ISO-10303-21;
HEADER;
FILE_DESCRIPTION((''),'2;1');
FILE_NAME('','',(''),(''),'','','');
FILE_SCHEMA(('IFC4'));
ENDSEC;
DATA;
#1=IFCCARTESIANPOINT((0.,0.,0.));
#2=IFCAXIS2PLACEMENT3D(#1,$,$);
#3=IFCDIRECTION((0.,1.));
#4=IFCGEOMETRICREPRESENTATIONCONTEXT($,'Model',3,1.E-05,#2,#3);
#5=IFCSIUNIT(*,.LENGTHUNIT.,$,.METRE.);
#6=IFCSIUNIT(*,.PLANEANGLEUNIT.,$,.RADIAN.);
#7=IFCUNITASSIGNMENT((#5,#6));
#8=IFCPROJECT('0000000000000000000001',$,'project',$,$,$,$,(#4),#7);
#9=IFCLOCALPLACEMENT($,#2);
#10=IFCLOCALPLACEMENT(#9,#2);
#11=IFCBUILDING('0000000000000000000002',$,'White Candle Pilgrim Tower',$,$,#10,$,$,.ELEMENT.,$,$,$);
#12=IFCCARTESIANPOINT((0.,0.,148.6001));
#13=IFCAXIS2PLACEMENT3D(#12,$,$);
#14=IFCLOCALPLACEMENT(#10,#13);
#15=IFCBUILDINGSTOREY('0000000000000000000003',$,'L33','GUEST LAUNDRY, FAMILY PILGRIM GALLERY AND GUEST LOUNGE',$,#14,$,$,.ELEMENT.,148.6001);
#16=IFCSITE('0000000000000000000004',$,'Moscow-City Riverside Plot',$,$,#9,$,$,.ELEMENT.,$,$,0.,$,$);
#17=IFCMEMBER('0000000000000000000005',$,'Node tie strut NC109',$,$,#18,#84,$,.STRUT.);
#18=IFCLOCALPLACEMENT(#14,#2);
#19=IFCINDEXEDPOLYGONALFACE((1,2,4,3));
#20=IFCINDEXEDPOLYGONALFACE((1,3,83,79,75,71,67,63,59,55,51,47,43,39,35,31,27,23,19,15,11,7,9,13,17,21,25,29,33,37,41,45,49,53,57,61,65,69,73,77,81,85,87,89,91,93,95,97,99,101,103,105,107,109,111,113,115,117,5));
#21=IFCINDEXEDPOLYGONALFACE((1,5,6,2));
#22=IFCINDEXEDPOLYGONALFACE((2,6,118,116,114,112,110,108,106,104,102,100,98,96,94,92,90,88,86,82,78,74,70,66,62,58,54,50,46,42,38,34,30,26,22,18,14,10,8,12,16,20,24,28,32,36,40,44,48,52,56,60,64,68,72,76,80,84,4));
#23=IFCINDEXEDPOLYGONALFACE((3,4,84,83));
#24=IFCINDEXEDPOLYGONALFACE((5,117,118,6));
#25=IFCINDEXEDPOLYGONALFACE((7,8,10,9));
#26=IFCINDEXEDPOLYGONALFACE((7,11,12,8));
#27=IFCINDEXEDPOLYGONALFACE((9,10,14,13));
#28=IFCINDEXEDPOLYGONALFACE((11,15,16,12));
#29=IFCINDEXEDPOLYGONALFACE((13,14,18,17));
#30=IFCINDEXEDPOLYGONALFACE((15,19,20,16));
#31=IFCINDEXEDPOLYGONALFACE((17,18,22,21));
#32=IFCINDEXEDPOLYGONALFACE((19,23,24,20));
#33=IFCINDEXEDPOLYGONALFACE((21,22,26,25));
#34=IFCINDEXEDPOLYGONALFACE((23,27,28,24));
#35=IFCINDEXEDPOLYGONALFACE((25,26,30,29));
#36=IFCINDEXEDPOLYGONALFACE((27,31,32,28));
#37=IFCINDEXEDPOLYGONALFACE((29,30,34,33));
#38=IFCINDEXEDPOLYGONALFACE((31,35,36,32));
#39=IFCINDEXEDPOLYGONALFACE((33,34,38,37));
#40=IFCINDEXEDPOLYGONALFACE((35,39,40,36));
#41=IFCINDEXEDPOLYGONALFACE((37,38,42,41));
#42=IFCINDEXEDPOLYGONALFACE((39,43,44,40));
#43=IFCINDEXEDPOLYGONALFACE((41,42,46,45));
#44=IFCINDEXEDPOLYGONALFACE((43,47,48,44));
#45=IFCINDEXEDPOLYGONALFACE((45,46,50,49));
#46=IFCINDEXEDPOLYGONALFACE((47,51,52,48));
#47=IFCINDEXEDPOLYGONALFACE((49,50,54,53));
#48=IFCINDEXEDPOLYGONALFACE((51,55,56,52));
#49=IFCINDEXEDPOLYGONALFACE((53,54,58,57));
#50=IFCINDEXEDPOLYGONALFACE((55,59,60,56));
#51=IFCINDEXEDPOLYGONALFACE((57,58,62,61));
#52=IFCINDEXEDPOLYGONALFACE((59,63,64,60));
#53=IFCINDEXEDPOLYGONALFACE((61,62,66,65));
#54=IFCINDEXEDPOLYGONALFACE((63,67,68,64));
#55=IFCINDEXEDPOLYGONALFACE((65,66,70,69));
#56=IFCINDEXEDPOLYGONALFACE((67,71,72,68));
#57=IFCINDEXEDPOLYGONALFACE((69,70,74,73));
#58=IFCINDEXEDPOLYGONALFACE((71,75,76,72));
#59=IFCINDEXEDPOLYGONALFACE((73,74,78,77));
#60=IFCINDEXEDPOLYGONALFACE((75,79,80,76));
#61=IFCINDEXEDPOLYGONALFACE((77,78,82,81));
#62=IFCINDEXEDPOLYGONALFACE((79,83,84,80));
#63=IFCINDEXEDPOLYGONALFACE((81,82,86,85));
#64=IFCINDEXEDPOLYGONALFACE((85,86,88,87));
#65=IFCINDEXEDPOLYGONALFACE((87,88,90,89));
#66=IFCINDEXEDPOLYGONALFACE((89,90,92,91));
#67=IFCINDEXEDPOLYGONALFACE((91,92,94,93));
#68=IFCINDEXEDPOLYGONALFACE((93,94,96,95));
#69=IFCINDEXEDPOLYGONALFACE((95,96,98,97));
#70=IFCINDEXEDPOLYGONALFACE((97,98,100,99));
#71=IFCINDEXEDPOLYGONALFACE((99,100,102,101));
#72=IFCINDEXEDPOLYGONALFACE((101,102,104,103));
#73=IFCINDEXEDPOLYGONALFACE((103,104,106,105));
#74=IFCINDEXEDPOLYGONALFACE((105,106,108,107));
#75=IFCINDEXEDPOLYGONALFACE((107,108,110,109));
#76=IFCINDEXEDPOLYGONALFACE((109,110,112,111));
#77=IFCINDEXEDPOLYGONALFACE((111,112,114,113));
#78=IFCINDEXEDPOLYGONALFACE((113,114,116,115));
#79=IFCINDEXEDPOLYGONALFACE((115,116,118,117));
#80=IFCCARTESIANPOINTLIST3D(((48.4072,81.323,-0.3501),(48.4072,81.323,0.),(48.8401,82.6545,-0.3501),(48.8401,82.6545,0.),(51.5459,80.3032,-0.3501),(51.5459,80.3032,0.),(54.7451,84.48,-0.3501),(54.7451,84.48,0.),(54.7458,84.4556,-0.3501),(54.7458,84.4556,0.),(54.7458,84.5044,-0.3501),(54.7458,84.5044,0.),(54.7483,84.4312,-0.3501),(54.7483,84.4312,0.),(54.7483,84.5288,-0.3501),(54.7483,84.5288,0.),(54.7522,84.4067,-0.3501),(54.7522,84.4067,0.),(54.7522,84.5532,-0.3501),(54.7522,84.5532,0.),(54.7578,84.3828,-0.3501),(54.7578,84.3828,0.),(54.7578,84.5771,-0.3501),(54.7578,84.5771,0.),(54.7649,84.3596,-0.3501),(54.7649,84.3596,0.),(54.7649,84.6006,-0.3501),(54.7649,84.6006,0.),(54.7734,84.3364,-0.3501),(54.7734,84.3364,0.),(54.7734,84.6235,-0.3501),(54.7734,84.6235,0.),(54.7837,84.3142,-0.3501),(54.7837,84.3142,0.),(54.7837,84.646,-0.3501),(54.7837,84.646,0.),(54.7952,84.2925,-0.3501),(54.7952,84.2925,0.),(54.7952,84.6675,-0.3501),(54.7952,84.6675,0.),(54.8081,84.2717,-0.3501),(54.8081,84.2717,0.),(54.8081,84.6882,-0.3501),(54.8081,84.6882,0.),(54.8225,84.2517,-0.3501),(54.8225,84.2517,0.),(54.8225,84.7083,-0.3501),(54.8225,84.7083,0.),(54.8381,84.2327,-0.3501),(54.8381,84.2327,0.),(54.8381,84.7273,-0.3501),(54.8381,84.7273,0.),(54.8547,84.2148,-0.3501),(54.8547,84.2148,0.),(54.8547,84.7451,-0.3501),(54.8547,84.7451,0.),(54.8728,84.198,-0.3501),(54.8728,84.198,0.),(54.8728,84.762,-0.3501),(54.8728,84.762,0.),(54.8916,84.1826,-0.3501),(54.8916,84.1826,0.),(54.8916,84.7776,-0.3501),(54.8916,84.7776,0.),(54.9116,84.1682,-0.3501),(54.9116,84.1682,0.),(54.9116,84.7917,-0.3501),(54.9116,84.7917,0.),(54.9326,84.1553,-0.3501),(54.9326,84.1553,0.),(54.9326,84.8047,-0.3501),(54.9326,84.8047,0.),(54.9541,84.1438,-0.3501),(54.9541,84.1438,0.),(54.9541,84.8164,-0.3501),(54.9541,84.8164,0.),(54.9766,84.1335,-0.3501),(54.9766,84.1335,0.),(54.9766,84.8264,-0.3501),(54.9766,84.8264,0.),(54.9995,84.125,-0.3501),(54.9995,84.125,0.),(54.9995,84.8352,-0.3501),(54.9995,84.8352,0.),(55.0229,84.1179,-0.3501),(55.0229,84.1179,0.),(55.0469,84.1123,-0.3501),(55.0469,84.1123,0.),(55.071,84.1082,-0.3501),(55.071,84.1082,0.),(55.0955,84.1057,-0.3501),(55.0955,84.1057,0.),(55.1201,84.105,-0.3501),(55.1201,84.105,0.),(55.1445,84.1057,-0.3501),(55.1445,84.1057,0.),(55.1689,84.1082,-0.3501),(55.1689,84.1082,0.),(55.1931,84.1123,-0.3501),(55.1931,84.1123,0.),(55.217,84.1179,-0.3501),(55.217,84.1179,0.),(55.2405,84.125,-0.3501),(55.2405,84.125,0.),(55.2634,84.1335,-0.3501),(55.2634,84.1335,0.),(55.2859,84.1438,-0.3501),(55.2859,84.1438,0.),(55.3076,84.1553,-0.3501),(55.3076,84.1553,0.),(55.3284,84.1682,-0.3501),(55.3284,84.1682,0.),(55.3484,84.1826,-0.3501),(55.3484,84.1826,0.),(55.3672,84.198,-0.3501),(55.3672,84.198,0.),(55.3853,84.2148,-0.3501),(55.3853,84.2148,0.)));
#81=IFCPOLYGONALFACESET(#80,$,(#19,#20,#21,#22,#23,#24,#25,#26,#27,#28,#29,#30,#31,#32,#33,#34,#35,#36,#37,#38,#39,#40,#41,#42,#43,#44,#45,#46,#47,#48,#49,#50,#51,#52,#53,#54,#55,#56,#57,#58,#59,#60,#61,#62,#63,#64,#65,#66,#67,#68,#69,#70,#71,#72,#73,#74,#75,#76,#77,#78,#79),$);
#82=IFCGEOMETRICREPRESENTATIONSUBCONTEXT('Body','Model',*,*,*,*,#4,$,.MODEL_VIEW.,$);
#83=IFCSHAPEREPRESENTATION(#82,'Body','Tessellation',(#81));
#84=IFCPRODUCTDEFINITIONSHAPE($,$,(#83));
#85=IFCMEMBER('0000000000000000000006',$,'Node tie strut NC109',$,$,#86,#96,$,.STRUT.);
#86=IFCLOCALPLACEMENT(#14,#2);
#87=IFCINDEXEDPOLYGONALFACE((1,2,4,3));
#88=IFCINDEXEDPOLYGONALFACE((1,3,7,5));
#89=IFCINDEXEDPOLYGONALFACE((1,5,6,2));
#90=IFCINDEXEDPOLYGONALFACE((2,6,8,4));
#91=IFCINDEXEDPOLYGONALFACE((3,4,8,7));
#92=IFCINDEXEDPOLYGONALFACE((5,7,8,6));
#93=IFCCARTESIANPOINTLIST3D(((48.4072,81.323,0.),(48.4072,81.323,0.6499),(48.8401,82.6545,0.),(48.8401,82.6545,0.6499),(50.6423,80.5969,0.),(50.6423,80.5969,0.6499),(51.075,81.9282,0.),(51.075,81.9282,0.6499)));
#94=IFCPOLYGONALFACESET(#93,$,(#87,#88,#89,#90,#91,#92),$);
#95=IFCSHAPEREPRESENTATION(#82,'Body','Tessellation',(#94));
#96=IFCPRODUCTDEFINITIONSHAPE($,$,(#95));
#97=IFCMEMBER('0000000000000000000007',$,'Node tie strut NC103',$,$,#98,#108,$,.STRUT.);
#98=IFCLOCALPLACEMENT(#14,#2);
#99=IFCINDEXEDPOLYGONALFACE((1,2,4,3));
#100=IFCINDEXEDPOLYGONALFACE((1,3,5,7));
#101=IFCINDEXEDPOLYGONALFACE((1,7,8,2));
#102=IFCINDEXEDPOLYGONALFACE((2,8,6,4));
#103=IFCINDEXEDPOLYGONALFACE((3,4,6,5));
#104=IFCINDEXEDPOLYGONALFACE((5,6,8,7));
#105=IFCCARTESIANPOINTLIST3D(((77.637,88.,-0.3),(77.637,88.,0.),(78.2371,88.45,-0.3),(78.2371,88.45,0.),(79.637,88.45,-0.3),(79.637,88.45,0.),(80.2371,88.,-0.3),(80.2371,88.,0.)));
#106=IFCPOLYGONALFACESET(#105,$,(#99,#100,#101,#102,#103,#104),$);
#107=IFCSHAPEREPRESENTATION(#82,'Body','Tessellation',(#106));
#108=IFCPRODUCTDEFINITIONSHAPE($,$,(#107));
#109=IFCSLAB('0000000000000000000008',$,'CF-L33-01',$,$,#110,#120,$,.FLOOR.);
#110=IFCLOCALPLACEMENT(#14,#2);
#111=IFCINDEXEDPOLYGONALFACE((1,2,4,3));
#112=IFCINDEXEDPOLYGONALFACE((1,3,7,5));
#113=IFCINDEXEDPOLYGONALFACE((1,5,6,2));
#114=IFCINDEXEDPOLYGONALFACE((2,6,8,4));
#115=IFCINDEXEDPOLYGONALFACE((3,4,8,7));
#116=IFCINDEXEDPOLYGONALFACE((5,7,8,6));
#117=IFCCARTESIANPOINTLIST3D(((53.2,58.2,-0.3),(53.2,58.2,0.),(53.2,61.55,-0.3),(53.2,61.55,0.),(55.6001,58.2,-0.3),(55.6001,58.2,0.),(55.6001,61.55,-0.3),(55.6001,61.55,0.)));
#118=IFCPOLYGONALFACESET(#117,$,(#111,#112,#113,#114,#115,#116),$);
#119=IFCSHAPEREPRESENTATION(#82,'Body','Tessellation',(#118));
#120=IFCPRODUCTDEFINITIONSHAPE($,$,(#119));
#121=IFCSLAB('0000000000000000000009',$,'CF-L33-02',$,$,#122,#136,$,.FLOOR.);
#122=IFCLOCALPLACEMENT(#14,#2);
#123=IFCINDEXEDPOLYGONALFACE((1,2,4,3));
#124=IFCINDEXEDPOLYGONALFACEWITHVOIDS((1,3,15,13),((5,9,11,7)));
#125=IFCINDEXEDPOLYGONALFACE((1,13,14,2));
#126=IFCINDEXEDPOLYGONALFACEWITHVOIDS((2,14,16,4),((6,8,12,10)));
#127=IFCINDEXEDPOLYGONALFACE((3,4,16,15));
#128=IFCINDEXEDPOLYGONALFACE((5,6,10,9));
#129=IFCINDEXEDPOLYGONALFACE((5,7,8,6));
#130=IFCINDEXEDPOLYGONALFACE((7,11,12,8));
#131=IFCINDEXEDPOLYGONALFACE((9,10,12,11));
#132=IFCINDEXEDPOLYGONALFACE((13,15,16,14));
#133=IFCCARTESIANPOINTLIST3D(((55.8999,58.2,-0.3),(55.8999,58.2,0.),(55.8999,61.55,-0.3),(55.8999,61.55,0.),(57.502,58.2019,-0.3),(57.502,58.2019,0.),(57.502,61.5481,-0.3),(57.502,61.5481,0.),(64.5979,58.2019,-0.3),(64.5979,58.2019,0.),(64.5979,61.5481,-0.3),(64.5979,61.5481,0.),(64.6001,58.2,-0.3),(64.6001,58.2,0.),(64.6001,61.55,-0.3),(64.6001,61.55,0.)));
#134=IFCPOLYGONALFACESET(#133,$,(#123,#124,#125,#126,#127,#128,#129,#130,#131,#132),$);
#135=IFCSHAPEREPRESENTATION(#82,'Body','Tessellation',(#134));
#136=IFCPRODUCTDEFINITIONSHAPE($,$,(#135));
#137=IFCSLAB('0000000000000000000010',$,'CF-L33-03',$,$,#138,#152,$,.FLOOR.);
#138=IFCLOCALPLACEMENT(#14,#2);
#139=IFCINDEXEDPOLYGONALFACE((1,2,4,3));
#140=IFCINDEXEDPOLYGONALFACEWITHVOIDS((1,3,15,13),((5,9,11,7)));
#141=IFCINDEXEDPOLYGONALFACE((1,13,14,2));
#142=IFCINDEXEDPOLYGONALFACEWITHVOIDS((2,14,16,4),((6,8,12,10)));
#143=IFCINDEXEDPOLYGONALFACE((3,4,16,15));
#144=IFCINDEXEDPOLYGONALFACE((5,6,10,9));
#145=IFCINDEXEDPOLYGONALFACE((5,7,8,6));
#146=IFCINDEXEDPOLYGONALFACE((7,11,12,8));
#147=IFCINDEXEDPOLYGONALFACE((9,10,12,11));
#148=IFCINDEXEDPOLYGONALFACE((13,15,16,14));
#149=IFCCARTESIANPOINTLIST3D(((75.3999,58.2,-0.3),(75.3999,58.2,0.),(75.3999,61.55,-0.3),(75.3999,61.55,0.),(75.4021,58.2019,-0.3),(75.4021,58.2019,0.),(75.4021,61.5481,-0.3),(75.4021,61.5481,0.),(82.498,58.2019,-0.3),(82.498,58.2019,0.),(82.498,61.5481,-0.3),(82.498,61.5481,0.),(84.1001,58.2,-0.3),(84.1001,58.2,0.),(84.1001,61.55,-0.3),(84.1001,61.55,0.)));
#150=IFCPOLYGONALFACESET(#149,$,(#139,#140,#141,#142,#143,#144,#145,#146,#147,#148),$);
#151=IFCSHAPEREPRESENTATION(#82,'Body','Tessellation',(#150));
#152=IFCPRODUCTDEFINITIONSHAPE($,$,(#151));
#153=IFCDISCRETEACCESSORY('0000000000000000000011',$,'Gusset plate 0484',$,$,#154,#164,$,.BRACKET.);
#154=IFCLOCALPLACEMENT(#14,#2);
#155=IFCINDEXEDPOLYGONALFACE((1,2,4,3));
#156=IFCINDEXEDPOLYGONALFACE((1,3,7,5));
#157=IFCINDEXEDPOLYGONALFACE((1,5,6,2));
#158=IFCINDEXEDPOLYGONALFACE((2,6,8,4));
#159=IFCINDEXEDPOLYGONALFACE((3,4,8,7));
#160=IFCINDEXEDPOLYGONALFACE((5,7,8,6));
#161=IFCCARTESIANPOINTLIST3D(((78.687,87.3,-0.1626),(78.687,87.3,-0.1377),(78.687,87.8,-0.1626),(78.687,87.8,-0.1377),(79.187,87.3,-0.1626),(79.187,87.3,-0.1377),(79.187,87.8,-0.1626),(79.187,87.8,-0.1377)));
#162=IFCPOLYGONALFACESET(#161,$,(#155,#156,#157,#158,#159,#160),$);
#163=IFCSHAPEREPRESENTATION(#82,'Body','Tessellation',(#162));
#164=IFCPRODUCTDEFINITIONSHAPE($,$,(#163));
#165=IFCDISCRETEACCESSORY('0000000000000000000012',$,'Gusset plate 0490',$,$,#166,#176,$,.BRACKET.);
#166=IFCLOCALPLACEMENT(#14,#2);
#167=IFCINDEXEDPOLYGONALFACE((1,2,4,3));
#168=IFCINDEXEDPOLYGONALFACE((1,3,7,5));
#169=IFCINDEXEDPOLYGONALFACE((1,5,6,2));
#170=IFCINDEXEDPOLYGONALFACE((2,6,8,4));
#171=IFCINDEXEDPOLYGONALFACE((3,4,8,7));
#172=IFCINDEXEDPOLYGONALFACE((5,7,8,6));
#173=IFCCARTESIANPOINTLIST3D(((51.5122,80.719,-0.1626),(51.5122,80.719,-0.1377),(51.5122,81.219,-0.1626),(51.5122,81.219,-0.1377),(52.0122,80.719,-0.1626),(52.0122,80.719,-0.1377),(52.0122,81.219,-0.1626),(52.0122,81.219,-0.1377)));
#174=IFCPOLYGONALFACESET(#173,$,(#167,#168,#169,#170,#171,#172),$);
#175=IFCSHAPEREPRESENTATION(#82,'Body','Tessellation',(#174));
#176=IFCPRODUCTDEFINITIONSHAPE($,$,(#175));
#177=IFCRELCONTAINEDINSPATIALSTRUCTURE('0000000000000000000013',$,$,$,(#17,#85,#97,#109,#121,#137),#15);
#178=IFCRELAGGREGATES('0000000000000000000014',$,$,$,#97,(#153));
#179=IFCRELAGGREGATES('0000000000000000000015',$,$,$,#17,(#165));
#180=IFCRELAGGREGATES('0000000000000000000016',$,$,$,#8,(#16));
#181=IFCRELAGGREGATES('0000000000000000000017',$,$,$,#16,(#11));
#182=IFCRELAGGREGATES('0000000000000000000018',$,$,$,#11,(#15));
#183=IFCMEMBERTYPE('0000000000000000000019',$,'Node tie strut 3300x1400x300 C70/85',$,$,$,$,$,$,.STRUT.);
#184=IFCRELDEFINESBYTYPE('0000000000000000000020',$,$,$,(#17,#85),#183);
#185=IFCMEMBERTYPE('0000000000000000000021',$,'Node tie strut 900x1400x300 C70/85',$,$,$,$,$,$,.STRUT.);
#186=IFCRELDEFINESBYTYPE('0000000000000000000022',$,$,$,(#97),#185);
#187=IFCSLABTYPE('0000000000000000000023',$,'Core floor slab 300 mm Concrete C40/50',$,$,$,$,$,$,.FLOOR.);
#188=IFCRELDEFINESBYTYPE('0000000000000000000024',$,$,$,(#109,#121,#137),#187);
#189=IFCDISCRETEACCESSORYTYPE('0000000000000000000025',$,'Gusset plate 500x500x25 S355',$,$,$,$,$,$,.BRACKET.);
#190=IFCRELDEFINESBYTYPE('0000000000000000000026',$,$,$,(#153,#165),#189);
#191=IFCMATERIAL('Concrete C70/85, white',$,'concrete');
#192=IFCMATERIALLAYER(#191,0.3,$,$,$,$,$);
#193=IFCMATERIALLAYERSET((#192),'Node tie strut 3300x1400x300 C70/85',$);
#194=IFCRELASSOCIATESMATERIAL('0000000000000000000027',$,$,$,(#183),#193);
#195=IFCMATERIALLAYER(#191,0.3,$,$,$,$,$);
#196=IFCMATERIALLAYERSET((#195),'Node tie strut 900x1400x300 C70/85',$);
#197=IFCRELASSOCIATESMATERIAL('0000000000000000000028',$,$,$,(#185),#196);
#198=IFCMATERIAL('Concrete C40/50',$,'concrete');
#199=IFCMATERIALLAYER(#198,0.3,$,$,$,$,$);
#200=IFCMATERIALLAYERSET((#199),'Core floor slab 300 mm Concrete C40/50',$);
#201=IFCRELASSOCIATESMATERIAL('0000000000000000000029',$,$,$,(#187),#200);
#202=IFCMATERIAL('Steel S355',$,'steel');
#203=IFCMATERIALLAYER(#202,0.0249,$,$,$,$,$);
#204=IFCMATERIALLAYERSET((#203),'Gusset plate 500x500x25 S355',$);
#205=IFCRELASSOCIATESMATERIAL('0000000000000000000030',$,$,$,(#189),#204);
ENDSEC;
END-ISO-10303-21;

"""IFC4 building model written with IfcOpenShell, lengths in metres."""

from ifc_helpers import new_model, si_unit, direction, frame, origin, origin_2d, place, context, subcontext, project, spatial, polyline, rectangle, outline, extrude, material, layer, layer_set, type_object, element, aggregate, save


model = new_model("IFC4")

# Units and contexts
model_context = context("Model", 3, precision=1e-05, world=origin(), true_north=direction((0.0, 1.0)))
body_context = subcontext(model_context, "Body", "Model", "MODEL_VIEW")
ifc_project = project(units=[si_unit("LENGTHUNIT", "METRE"), si_unit("PLANEANGLEUNIT", "RADIAN")], contexts=[model_context])

# Site, building, storey
site_placement = place(None, origin())
site = spatial("IfcSite", under=ifc_project, at=site_placement, Name="Moscow-City Riverside Plot", CompositionType="ELEMENT", RefElevation=0.0)
building_placement = place(site_placement, origin())
building = spatial("IfcBuilding", under=site, at=building_placement, Name="White Candle Pilgrim Tower", CompositionType="ELEMENT")
storey_placement = place(building_placement, frame((0.0, 0.0, 148.6001)))
storey = spatial("IfcBuildingStorey", under=building, at=storey_placement, Name="L33", Description="GUEST LAUNDRY, FAMILY PILGRIM GALLERY AND GUEST LOUNGE", CompositionType="ELEMENT", Elevation=148.6001)

# Members
ifc_material_1 = material(Name="Concrete C70/85, white", Category="concrete")
ifc_layer_1 = layer(ifc_material_1, 0.3)
ifc_layer_set_1 = layer_set([ifc_layer_1], Name="Node tie strut 3300x1400x300 C70/85")
member_type_1 = type_object("IfcMemberType", Name="Node tie strut 3300x1400x300 C70/85", PredefinedType="STRUT", material=ifc_layer_set_1)
member_1_placement = place(storey_placement, frame((0.0, 0.0, -0.3501)))
member_1 = element("IfcMember", 1, at=member_1_placement, inside=storey, type_object=member_type_1, Name="Node tie strut NC109", PredefinedType="STRUT", context=body_context, shape_type="SweptSolid", body=[
    extrude(outline(polyline([(51.5459, 80.3032), (55.3853, 84.2148), (55.3672, 84.198), (55.3484, 84.1826), (55.3284, 84.1682), (55.3076, 84.1553), (55.2859, 84.1438), (55.2634, 84.1335), (55.2405, 84.125), (55.217, 84.1179), (55.1931, 84.1123), (55.1689, 84.1082), (55.1445, 84.1057), (55.1201, 84.105), (55.0955, 84.1057), (55.071, 84.1082), (55.0469, 84.1123), (55.0229, 84.1179), (54.9995, 84.125), (54.9766, 84.1335), (54.9541, 84.1438), (54.9326, 84.1553), (54.9116, 84.1682), (54.8916, 84.1826), (54.8728, 84.198), (54.8547, 84.2148), (54.8381, 84.2327), (54.8225, 84.2517), (54.8081, 84.2717), (54.7952, 84.2925), (54.7837, 84.3142), (54.7734, 84.3364), (54.7649, 84.3596), (54.7578, 84.3828), (54.7522, 84.4067), (54.7483, 84.4312), (54.7458, 84.4556), (54.7451, 84.48), (54.7458, 84.5044), (54.7483, 84.5288), (54.7522, 84.5532), (54.7578, 84.5771), (54.7649, 84.6006), (54.7734, 84.6235), (54.7837, 84.646), (54.7952, 84.6675), (54.8081, 84.6882), (54.8225, 84.7083), (54.8381, 84.7273), (54.8547, 84.7451), (54.8728, 84.762), (54.8916, 84.7776), (54.9116, 84.7917), (54.9326, 84.8047), (54.9541, 84.8164), (54.9766, 84.8264), (54.9995, 84.8352), (48.8401, 82.6545), (48.4072, 81.323), (51.5459, 80.3032)])), origin(), (0.0, 0.0, 1.0), 0.3501),
])
member_2_placement = place(storey_placement, origin())
element("IfcMember", 2, at=member_2_placement, inside=storey, type_object=member_type_1, Name="Node tie strut NC109", PredefinedType="STRUT", context=body_context, shape_type="SweptSolid", body=[
    extrude(outline(polyline([(50.6423, 80.5969), (51.075, 81.9282), (48.8401, 82.6545), (48.4072, 81.323), (50.6423, 80.5969)])), origin(), (0.0, 0.0, 1.0), 0.6499),
])
ifc_layer_2 = layer(ifc_material_1, 0.3)
ifc_layer_set_2 = layer_set([ifc_layer_2], Name="Node tie strut 900x1400x300 C70/85")
member_type_2 = type_object("IfcMemberType", Name="Node tie strut 900x1400x300 C70/85", PredefinedType="STRUT", material=ifc_layer_set_2)
member_3_placement = place(storey_placement, frame((0.0, 0.0, -0.3)))
member_3 = element("IfcMember", 3, at=member_3_placement, inside=storey, type_object=member_type_2, Name="Node tie strut NC103", PredefinedType="STRUT", context=body_context, shape_type="SweptSolid", body=[
    extrude(outline(polyline([(77.637, 88.0), (80.2371, 88.0), (79.637, 88.45), (78.2371, 88.45), (77.637, 88.0)])), origin(), (0.0, 0.0, 1.0), 0.3),
])

# Slabs
ifc_material_2 = material(Name="Concrete C40/50", Category="concrete")
ifc_layer_3 = layer(ifc_material_2, 0.3)
ifc_layer_set_3 = layer_set([ifc_layer_3], Name="Core floor slab 300 mm Concrete C40/50")
slab_type_1 = type_object("IfcSlabType", Name="Core floor slab 300 mm Concrete C40/50", PredefinedType="FLOOR", material=ifc_layer_set_3)
slab_1_placement = place(storey_placement, frame((0.0, 0.0, -0.3)))
element("IfcSlab", 4, at=slab_1_placement, inside=storey, type_object=slab_type_1, Name="CF-L33-01", PredefinedType="FLOOR", context=body_context, shape_type="SweptSolid", body=[
    extrude(outline(polyline([(55.6001, 58.2), (53.2, 58.2), (53.2, 61.55), (55.6001, 61.55), (55.6001, 58.2)])), origin(), (0.0, 0.0, 1.0), 0.3),
])
slab_2_placement = place(storey_placement, frame((0.0, 0.0, -0.3)))
element("IfcSlab", 5, at=slab_2_placement, inside=storey, type_object=slab_type_1, Name="CF-L33-02", PredefinedType="FLOOR", context=body_context, shape_type="SweptSolid", body=[
    extrude(outline(polyline([(55.8999, 58.2), (55.8999, 61.55), (64.6001, 61.55), (64.6001, 58.2), (55.8999, 58.2)]), holes=[polyline([(57.502, 61.5481), (57.502, 58.2019), (64.5979, 58.2019), (64.5979, 61.5481), (57.502, 61.5481)])]), origin(), (0.0, 0.0, 1.0), 0.3),
])
slab_3_placement = place(storey_placement, frame((0.0, 0.0, -0.3)))
element("IfcSlab", 6, at=slab_3_placement, inside=storey, type_object=slab_type_1, Name="CF-L33-03", PredefinedType="FLOOR", context=body_context, shape_type="SweptSolid", body=[
    extrude(outline(polyline([(75.3999, 58.2), (75.3999, 61.55), (84.1001, 61.55), (84.1001, 58.2), (75.3999, 58.2)]), holes=[polyline([(82.498, 58.2019), (82.498, 61.5481), (75.4021, 61.5481), (75.4021, 58.2019), (82.498, 58.2019)])]), origin(), (0.0, 0.0, 1.0), 0.3),
])

# Discrete accessories
ifc_material_3 = material(Name="Steel S355", Category="steel")
ifc_layer_4 = layer(ifc_material_3, 0.0249)
ifc_layer_set_4 = layer_set([ifc_layer_4], Name="Gusset plate 500x500x25 S355")
discrete_accessory_type = type_object("IfcDiscreteAccessoryType", Name="Gusset plate 500x500x25 S355", PredefinedType="BRACKET", material=ifc_layer_set_4)
discrete_accessory_1_placement = place(storey_placement, frame((78.937, 87.55, -0.1626), z_axis=(0.0, 0.0, 1.0), x_axis=(1.0, 0.0, 0.0)))
discrete_accessory_1 = element("IfcDiscreteAccessory", 7, at=discrete_accessory_1_placement, type_object=discrete_accessory_type, Name="Gusset plate 0484", PredefinedType="BRACKET", context=body_context, shape_type="SweptSolid", body=[
    extrude(rectangle(XDim=0.5, YDim=0.5, at=origin_2d()), origin(), (0.0, 0.0, 1.0), 0.0249),
])
aggregate(member_3, [discrete_accessory_1])
discrete_accessory_2_placement = place(storey_placement, frame((51.7622, 80.969, -0.1626), z_axis=(0.0, 0.0, 1.0), x_axis=(1.0, 0.0, 0.0)))
discrete_accessory_2 = element("IfcDiscreteAccessory", 8, at=discrete_accessory_2_placement, type_object=discrete_accessory_type, Name="Gusset plate 0490", PredefinedType="BRACKET", context=body_context, shape_type="SweptSolid", body=[
    extrude(rectangle(XDim=0.5, YDim=0.5, at=origin_2d()), origin(), (0.0, 0.0, 1.0), 0.0249),
])
aggregate(member_1, [discrete_accessory_2])

save(model, "model.ifc")
